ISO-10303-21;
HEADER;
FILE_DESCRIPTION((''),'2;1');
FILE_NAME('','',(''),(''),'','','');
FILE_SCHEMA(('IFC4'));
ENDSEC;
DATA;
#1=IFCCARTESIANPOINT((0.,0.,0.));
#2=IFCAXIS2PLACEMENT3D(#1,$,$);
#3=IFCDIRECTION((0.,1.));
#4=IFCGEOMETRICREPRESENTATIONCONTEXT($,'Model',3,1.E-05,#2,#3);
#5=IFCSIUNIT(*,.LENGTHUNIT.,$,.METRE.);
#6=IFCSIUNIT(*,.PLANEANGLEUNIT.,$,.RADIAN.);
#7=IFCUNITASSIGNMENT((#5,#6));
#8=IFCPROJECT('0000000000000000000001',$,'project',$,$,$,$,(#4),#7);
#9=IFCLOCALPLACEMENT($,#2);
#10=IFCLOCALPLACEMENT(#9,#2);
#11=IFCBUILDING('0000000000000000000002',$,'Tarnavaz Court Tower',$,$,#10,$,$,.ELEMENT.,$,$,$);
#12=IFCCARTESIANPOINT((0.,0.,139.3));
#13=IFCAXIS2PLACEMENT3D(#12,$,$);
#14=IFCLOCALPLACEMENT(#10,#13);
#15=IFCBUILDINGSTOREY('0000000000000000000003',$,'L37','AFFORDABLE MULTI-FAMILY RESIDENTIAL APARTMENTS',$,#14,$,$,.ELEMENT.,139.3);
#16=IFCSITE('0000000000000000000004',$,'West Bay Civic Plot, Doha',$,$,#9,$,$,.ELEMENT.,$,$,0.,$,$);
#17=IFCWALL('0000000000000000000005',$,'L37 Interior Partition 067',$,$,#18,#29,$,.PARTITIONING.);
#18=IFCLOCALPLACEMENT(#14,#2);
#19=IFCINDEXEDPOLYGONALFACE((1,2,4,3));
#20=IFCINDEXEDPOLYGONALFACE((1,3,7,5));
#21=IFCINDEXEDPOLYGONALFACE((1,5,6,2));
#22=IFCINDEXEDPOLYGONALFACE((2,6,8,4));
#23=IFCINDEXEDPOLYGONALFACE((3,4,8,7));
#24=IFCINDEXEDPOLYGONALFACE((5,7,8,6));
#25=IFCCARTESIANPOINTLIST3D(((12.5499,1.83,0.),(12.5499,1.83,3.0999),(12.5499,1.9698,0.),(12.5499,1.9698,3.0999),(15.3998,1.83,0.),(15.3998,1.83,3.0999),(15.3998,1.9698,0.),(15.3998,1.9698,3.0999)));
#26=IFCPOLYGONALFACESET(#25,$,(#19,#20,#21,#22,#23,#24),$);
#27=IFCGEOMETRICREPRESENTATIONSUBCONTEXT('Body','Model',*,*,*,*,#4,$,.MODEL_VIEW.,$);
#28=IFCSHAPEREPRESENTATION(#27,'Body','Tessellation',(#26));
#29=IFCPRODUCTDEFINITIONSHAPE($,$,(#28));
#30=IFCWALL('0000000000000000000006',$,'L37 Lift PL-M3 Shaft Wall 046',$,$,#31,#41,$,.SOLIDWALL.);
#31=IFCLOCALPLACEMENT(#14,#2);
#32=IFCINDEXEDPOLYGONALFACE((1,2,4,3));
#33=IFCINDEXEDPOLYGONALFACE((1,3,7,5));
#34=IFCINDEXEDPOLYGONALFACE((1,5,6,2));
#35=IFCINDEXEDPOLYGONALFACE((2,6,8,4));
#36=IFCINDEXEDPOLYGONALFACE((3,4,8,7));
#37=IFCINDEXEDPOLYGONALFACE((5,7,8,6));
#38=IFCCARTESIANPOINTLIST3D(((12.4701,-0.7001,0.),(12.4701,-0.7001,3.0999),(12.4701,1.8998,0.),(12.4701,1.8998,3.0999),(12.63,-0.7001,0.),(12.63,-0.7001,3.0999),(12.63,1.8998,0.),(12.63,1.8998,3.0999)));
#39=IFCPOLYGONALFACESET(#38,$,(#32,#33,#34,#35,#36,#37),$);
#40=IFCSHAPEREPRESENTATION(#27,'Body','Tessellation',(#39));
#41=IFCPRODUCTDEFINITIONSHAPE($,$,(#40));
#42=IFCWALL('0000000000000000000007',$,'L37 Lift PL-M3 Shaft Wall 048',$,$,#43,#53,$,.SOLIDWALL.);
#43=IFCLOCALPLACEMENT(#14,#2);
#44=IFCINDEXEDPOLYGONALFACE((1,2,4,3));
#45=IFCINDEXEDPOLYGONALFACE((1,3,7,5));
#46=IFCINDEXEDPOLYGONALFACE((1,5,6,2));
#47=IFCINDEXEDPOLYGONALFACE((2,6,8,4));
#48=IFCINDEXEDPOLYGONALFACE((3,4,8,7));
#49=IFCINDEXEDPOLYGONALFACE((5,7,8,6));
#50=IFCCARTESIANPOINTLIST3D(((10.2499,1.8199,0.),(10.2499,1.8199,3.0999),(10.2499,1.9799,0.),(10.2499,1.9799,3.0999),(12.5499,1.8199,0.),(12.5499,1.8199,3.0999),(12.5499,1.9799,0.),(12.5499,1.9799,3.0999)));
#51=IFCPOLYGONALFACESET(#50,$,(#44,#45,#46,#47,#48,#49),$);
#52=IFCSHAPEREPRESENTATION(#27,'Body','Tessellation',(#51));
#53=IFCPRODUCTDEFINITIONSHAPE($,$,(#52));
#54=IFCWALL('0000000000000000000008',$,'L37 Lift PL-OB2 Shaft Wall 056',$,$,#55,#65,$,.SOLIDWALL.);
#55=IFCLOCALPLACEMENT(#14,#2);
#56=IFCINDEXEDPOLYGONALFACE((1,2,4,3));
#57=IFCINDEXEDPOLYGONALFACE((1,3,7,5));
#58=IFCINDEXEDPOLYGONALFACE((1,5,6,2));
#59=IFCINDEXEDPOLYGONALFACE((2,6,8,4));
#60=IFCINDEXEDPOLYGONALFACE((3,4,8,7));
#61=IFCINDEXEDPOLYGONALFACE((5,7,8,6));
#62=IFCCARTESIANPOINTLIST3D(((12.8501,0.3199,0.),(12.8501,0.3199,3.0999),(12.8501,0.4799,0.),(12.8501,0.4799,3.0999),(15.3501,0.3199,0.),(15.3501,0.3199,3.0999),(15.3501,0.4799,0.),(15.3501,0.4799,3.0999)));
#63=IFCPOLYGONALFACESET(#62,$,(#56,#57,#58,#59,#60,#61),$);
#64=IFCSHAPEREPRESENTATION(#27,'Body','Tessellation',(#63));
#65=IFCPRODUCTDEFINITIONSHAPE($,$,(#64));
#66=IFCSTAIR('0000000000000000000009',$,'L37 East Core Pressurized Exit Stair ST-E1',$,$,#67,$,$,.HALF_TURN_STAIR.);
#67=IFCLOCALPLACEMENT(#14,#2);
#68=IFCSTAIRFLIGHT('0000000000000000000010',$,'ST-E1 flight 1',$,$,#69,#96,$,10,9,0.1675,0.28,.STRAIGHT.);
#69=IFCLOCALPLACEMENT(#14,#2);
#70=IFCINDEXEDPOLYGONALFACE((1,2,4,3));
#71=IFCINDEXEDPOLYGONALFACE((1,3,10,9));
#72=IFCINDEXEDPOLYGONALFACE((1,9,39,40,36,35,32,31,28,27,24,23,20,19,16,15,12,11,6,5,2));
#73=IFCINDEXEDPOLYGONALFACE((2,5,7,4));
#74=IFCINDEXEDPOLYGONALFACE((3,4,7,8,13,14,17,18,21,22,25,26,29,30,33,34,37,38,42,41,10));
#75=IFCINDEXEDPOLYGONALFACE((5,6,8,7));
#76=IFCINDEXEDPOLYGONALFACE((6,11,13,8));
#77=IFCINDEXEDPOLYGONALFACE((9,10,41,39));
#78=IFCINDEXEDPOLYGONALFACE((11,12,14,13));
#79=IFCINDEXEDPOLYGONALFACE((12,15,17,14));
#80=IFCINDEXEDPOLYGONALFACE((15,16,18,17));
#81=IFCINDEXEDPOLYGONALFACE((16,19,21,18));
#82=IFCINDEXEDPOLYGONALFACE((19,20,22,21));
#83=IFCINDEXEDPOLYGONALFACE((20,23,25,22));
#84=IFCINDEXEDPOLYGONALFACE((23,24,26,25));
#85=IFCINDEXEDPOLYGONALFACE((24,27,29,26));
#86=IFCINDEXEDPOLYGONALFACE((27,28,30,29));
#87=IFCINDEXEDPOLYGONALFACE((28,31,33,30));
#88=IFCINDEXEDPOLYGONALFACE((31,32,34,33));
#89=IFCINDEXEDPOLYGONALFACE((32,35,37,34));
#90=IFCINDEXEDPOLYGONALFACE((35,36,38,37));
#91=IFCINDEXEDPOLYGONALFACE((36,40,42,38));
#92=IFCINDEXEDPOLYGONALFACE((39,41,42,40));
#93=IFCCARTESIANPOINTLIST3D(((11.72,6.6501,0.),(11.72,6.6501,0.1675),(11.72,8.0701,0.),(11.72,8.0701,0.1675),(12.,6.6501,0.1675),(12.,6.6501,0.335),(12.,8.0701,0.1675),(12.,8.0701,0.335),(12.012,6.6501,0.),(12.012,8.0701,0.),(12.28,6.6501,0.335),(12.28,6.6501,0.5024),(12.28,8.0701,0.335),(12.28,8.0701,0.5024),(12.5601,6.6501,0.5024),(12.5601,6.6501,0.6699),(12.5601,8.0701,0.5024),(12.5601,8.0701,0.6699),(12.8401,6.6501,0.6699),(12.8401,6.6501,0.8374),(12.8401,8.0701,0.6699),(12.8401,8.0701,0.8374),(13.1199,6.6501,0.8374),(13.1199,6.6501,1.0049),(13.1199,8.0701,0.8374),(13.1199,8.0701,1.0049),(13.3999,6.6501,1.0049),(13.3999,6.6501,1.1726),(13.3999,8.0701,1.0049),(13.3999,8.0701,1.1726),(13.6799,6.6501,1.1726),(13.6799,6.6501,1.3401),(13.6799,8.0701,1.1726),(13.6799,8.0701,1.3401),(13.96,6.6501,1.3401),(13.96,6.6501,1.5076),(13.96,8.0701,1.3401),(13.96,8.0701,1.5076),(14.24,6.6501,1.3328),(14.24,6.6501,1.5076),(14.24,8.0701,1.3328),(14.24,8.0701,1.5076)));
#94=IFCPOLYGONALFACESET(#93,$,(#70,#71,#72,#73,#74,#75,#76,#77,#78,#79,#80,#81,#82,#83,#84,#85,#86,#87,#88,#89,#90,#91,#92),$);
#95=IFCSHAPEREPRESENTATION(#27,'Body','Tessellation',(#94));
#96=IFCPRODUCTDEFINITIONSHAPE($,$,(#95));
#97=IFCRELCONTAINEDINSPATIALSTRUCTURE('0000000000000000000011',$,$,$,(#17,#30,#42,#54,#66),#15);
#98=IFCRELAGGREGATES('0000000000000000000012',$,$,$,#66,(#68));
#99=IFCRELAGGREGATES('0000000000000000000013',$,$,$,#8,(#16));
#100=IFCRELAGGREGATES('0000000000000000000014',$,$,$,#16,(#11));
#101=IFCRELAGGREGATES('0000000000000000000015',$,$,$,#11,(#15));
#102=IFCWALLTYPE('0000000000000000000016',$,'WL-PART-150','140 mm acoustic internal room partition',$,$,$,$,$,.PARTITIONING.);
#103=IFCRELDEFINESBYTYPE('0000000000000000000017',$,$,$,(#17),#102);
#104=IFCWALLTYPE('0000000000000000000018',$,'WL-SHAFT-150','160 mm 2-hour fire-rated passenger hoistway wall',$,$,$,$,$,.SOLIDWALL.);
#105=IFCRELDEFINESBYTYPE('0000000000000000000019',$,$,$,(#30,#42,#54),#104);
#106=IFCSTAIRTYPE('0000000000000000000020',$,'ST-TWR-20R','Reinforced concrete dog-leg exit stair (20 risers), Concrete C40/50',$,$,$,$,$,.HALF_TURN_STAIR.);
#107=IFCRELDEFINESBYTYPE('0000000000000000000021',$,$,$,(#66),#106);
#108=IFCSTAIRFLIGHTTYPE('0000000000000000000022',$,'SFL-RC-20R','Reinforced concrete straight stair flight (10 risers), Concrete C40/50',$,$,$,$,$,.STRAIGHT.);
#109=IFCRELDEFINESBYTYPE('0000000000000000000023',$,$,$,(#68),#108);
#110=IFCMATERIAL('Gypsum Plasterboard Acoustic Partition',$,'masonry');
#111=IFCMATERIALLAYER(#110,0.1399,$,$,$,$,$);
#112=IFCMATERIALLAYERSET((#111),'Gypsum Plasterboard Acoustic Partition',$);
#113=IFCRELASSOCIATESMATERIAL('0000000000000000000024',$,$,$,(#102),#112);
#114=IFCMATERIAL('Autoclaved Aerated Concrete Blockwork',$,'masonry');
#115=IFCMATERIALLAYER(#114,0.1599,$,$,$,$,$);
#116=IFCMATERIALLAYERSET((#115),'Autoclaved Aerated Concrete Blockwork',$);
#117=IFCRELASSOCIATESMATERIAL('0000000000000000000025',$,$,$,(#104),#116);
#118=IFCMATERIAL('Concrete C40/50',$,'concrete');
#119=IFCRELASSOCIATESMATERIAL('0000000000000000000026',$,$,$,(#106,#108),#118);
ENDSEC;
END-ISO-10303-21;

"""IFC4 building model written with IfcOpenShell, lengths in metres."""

from ifc_helpers import new_model, si_unit, direction, frame, frame_2d, origin, place, context, subcontext, project, spatial, polyline, rectangle, outline, extrude, material, layer, layer_set, type_object, element, aggregate, save


model = new_model("IFC4")

# Units and contexts
model_context = context("Model", 3, precision=1e-05, world=origin(), true_north=direction((0.0, 1.0)))
body_context = subcontext(model_context, "Body", "Model", "MODEL_VIEW")
ifc_project = project(units=[si_unit("LENGTHUNIT", "METRE"), si_unit("PLANEANGLEUNIT", "RADIAN")], contexts=[model_context])

# Site, building, storey
site_placement = place(None, origin())
site = spatial("IfcSite", under=ifc_project, at=site_placement, Name="West Bay Civic Plot, Doha", CompositionType="ELEMENT", RefElevation=0.0)
building_placement = place(site_placement, origin())
building = spatial("IfcBuilding", under=site, at=building_placement, Name="Tarnavaz Court Tower", CompositionType="ELEMENT")
storey_placement = place(building_placement, frame((0.0, 0.0, 139.3)))
storey = spatial("IfcBuildingStorey", under=building, at=storey_placement, Name="L37", Description="AFFORDABLE MULTI-FAMILY RESIDENTIAL APARTMENTS", CompositionType="ELEMENT", Elevation=139.3)

# Shared definitions
ifc_material_1 = material(Name="Autoclaved Aerated Concrete Blockwork", Category="masonry")

# Walls
ifc_material_2 = material(Name="Gypsum Plasterboard Acoustic Partition", Category="masonry")
ifc_layer_1 = layer(ifc_material_2, 0.1399)
ifc_layer_set_1 = layer_set([ifc_layer_1], Name="Gypsum Plasterboard Acoustic Partition")
wall_type_1 = type_object("IfcWallType", Name="WL-PART-150", Description="140 mm acoustic internal room partition", PredefinedType="PARTITIONING", material=ifc_layer_set_1)
wall_1_placement = place(storey_placement, frame((12.55, 1.8999, 0.0), z_axis=(0.0, 0.0, 1.0), x_axis=(1.0, 0.0, 0.0)))
element("IfcWall", 1, at=wall_1_placement, inside=storey, type_object=wall_type_1, Name="L37 Interior Partition 067", PredefinedType="PARTITIONING", context=body_context, shape_type="SweptSolid", body=[
    extrude(rectangle(XDim=2.8499, YDim=0.1399, at=frame_2d((1.4248, 0.0))), origin(), (0.0, 0.0, 1.0), 3.0999),
])
ifc_layer_2 = layer(ifc_material_1, 0.1599)
ifc_layer_set_2 = layer_set([ifc_layer_2], Name="Autoclaved Aerated Concrete Blockwork")
wall_type_2 = type_object("IfcWallType", Name="WL-SHAFT-150", Description="160 mm 2-hour fire-rated passenger hoistway wall", PredefinedType="SOLIDWALL", material=ifc_layer_set_2)
wall_2_placement = place(storey_placement, frame((12.55, -0.7, 0.0), z_axis=(0.0, 0.0, 1.0), x_axis=(0.0, 1.0, 0.0)))
element("IfcWall", 2, at=wall_2_placement, inside=storey, type_object=wall_type_2, Name="L37 Lift PL-M3 Shaft Wall 046", PredefinedType="SOLIDWALL", context=body_context, shape_type="SweptSolid", body=[
    extrude(rectangle(XDim=2.5999, YDim=0.1599, at=frame_2d((1.2998, 0.0))), origin(), (0.0, 0.0, 1.0), 3.0999),
])
wall_3_placement = place(storey_placement, frame((10.25, 1.8999, 0.0), z_axis=(0.0, 0.0, 1.0), x_axis=(1.0, 0.0, 0.0)))
element("IfcWall", 3, at=wall_3_placement, inside=storey, type_object=wall_type_2, Name="L37 Lift PL-M3 Shaft Wall 048", PredefinedType="SOLIDWALL", context=body_context, shape_type="SweptSolid", body=[
    extrude(rectangle(XDim=2.3, YDim=0.1599, at=frame_2d((1.1499, 0.0))), origin(), (0.0, 0.0, 1.0), 3.0999),
])
wall_4_placement = place(storey_placement, frame((12.8501, 0.3999, 0.0), z_axis=(0.0, 0.0, 1.0), x_axis=(1.0, 0.0, 0.0)))
element("IfcWall", 4, at=wall_4_placement, inside=storey, type_object=wall_type_2, Name="L37 Lift PL-OB2 Shaft Wall 056", PredefinedType="SOLIDWALL", context=body_context, shape_type="SweptSolid", body=[
    extrude(rectangle(XDim=2.5, YDim=0.1599, at=frame_2d((1.25, 0.0))), origin(), (0.0, 0.0, 1.0), 3.0999),
])

# Stair, stair flight
ifc_material_3 = material(Name="Concrete C40/50", Category="concrete")
stair_type = type_object("IfcStairType", Name="ST-TWR-20R", Description="Reinforced concrete dog-leg exit stair (20 risers), Concrete C40/50", PredefinedType="HALF_TURN_STAIR", material=ifc_material_3)
stair_placement = place(storey_placement, origin())
stair = element("IfcStair", 5, at=stair_placement, inside=storey, type_object=stair_type, Name="L37 East Core Pressurized Exit Stair ST-E1", PredefinedType="HALF_TURN_STAIR")
stair_flight_type = type_object("IfcStairFlightType", Name="SFL-RC-20R", Description="Reinforced concrete straight stair flight (10 risers), Concrete C40/50", PredefinedType="STRAIGHT", material=ifc_material_3)
stair_flight_placement = place(storey_placement, frame((11.72, 7.3601, 0.0), z_axis=(0.0, 0.0, 1.0), x_axis=(1.0, 0.0, 0.0)))
stair_flight = element("IfcStairFlight", 6, at=stair_flight_placement, type_object=stair_flight_type, Name="ST-E1 flight 1", NumberOfRisers=10, NumberOfTreads=9, PredefinedType="STRAIGHT", RiserHeight=0.1675, TreadLength=0.28, context=body_context, shape_type="SweptSolid", body=[
    extrude(outline(polyline([(0.0, 0.0), (0.0, 0.1675), (0.28, 0.1675), (0.28, 0.335), (0.5601, 0.335), (0.5601, 0.5024), (0.8401, 0.5024), (0.8401, 0.6699), (1.1201, 0.6699), (1.1201, 0.8374), (1.3999, 0.8374), (1.3999, 1.0049), (1.6799, 1.0049), (1.6799, 1.1726), (1.96, 1.1726), (1.96, 1.3401), (2.24, 1.3401), (2.24, 1.5076), (2.52, 1.5076), (2.52, 1.675), (2.52, 1.3328), (0.292, 0.0), (0.0, 0.0)])), frame((0.0, 0.71, 0.0), z_axis=(0.0, -1.0, 0.0), x_axis=(1.0, 0.0, 0.0)), (0.0, 0.0, 1.0), 1.4199),
])
aggregate(stair, [stair_flight])

save(model, "model.ifc")
